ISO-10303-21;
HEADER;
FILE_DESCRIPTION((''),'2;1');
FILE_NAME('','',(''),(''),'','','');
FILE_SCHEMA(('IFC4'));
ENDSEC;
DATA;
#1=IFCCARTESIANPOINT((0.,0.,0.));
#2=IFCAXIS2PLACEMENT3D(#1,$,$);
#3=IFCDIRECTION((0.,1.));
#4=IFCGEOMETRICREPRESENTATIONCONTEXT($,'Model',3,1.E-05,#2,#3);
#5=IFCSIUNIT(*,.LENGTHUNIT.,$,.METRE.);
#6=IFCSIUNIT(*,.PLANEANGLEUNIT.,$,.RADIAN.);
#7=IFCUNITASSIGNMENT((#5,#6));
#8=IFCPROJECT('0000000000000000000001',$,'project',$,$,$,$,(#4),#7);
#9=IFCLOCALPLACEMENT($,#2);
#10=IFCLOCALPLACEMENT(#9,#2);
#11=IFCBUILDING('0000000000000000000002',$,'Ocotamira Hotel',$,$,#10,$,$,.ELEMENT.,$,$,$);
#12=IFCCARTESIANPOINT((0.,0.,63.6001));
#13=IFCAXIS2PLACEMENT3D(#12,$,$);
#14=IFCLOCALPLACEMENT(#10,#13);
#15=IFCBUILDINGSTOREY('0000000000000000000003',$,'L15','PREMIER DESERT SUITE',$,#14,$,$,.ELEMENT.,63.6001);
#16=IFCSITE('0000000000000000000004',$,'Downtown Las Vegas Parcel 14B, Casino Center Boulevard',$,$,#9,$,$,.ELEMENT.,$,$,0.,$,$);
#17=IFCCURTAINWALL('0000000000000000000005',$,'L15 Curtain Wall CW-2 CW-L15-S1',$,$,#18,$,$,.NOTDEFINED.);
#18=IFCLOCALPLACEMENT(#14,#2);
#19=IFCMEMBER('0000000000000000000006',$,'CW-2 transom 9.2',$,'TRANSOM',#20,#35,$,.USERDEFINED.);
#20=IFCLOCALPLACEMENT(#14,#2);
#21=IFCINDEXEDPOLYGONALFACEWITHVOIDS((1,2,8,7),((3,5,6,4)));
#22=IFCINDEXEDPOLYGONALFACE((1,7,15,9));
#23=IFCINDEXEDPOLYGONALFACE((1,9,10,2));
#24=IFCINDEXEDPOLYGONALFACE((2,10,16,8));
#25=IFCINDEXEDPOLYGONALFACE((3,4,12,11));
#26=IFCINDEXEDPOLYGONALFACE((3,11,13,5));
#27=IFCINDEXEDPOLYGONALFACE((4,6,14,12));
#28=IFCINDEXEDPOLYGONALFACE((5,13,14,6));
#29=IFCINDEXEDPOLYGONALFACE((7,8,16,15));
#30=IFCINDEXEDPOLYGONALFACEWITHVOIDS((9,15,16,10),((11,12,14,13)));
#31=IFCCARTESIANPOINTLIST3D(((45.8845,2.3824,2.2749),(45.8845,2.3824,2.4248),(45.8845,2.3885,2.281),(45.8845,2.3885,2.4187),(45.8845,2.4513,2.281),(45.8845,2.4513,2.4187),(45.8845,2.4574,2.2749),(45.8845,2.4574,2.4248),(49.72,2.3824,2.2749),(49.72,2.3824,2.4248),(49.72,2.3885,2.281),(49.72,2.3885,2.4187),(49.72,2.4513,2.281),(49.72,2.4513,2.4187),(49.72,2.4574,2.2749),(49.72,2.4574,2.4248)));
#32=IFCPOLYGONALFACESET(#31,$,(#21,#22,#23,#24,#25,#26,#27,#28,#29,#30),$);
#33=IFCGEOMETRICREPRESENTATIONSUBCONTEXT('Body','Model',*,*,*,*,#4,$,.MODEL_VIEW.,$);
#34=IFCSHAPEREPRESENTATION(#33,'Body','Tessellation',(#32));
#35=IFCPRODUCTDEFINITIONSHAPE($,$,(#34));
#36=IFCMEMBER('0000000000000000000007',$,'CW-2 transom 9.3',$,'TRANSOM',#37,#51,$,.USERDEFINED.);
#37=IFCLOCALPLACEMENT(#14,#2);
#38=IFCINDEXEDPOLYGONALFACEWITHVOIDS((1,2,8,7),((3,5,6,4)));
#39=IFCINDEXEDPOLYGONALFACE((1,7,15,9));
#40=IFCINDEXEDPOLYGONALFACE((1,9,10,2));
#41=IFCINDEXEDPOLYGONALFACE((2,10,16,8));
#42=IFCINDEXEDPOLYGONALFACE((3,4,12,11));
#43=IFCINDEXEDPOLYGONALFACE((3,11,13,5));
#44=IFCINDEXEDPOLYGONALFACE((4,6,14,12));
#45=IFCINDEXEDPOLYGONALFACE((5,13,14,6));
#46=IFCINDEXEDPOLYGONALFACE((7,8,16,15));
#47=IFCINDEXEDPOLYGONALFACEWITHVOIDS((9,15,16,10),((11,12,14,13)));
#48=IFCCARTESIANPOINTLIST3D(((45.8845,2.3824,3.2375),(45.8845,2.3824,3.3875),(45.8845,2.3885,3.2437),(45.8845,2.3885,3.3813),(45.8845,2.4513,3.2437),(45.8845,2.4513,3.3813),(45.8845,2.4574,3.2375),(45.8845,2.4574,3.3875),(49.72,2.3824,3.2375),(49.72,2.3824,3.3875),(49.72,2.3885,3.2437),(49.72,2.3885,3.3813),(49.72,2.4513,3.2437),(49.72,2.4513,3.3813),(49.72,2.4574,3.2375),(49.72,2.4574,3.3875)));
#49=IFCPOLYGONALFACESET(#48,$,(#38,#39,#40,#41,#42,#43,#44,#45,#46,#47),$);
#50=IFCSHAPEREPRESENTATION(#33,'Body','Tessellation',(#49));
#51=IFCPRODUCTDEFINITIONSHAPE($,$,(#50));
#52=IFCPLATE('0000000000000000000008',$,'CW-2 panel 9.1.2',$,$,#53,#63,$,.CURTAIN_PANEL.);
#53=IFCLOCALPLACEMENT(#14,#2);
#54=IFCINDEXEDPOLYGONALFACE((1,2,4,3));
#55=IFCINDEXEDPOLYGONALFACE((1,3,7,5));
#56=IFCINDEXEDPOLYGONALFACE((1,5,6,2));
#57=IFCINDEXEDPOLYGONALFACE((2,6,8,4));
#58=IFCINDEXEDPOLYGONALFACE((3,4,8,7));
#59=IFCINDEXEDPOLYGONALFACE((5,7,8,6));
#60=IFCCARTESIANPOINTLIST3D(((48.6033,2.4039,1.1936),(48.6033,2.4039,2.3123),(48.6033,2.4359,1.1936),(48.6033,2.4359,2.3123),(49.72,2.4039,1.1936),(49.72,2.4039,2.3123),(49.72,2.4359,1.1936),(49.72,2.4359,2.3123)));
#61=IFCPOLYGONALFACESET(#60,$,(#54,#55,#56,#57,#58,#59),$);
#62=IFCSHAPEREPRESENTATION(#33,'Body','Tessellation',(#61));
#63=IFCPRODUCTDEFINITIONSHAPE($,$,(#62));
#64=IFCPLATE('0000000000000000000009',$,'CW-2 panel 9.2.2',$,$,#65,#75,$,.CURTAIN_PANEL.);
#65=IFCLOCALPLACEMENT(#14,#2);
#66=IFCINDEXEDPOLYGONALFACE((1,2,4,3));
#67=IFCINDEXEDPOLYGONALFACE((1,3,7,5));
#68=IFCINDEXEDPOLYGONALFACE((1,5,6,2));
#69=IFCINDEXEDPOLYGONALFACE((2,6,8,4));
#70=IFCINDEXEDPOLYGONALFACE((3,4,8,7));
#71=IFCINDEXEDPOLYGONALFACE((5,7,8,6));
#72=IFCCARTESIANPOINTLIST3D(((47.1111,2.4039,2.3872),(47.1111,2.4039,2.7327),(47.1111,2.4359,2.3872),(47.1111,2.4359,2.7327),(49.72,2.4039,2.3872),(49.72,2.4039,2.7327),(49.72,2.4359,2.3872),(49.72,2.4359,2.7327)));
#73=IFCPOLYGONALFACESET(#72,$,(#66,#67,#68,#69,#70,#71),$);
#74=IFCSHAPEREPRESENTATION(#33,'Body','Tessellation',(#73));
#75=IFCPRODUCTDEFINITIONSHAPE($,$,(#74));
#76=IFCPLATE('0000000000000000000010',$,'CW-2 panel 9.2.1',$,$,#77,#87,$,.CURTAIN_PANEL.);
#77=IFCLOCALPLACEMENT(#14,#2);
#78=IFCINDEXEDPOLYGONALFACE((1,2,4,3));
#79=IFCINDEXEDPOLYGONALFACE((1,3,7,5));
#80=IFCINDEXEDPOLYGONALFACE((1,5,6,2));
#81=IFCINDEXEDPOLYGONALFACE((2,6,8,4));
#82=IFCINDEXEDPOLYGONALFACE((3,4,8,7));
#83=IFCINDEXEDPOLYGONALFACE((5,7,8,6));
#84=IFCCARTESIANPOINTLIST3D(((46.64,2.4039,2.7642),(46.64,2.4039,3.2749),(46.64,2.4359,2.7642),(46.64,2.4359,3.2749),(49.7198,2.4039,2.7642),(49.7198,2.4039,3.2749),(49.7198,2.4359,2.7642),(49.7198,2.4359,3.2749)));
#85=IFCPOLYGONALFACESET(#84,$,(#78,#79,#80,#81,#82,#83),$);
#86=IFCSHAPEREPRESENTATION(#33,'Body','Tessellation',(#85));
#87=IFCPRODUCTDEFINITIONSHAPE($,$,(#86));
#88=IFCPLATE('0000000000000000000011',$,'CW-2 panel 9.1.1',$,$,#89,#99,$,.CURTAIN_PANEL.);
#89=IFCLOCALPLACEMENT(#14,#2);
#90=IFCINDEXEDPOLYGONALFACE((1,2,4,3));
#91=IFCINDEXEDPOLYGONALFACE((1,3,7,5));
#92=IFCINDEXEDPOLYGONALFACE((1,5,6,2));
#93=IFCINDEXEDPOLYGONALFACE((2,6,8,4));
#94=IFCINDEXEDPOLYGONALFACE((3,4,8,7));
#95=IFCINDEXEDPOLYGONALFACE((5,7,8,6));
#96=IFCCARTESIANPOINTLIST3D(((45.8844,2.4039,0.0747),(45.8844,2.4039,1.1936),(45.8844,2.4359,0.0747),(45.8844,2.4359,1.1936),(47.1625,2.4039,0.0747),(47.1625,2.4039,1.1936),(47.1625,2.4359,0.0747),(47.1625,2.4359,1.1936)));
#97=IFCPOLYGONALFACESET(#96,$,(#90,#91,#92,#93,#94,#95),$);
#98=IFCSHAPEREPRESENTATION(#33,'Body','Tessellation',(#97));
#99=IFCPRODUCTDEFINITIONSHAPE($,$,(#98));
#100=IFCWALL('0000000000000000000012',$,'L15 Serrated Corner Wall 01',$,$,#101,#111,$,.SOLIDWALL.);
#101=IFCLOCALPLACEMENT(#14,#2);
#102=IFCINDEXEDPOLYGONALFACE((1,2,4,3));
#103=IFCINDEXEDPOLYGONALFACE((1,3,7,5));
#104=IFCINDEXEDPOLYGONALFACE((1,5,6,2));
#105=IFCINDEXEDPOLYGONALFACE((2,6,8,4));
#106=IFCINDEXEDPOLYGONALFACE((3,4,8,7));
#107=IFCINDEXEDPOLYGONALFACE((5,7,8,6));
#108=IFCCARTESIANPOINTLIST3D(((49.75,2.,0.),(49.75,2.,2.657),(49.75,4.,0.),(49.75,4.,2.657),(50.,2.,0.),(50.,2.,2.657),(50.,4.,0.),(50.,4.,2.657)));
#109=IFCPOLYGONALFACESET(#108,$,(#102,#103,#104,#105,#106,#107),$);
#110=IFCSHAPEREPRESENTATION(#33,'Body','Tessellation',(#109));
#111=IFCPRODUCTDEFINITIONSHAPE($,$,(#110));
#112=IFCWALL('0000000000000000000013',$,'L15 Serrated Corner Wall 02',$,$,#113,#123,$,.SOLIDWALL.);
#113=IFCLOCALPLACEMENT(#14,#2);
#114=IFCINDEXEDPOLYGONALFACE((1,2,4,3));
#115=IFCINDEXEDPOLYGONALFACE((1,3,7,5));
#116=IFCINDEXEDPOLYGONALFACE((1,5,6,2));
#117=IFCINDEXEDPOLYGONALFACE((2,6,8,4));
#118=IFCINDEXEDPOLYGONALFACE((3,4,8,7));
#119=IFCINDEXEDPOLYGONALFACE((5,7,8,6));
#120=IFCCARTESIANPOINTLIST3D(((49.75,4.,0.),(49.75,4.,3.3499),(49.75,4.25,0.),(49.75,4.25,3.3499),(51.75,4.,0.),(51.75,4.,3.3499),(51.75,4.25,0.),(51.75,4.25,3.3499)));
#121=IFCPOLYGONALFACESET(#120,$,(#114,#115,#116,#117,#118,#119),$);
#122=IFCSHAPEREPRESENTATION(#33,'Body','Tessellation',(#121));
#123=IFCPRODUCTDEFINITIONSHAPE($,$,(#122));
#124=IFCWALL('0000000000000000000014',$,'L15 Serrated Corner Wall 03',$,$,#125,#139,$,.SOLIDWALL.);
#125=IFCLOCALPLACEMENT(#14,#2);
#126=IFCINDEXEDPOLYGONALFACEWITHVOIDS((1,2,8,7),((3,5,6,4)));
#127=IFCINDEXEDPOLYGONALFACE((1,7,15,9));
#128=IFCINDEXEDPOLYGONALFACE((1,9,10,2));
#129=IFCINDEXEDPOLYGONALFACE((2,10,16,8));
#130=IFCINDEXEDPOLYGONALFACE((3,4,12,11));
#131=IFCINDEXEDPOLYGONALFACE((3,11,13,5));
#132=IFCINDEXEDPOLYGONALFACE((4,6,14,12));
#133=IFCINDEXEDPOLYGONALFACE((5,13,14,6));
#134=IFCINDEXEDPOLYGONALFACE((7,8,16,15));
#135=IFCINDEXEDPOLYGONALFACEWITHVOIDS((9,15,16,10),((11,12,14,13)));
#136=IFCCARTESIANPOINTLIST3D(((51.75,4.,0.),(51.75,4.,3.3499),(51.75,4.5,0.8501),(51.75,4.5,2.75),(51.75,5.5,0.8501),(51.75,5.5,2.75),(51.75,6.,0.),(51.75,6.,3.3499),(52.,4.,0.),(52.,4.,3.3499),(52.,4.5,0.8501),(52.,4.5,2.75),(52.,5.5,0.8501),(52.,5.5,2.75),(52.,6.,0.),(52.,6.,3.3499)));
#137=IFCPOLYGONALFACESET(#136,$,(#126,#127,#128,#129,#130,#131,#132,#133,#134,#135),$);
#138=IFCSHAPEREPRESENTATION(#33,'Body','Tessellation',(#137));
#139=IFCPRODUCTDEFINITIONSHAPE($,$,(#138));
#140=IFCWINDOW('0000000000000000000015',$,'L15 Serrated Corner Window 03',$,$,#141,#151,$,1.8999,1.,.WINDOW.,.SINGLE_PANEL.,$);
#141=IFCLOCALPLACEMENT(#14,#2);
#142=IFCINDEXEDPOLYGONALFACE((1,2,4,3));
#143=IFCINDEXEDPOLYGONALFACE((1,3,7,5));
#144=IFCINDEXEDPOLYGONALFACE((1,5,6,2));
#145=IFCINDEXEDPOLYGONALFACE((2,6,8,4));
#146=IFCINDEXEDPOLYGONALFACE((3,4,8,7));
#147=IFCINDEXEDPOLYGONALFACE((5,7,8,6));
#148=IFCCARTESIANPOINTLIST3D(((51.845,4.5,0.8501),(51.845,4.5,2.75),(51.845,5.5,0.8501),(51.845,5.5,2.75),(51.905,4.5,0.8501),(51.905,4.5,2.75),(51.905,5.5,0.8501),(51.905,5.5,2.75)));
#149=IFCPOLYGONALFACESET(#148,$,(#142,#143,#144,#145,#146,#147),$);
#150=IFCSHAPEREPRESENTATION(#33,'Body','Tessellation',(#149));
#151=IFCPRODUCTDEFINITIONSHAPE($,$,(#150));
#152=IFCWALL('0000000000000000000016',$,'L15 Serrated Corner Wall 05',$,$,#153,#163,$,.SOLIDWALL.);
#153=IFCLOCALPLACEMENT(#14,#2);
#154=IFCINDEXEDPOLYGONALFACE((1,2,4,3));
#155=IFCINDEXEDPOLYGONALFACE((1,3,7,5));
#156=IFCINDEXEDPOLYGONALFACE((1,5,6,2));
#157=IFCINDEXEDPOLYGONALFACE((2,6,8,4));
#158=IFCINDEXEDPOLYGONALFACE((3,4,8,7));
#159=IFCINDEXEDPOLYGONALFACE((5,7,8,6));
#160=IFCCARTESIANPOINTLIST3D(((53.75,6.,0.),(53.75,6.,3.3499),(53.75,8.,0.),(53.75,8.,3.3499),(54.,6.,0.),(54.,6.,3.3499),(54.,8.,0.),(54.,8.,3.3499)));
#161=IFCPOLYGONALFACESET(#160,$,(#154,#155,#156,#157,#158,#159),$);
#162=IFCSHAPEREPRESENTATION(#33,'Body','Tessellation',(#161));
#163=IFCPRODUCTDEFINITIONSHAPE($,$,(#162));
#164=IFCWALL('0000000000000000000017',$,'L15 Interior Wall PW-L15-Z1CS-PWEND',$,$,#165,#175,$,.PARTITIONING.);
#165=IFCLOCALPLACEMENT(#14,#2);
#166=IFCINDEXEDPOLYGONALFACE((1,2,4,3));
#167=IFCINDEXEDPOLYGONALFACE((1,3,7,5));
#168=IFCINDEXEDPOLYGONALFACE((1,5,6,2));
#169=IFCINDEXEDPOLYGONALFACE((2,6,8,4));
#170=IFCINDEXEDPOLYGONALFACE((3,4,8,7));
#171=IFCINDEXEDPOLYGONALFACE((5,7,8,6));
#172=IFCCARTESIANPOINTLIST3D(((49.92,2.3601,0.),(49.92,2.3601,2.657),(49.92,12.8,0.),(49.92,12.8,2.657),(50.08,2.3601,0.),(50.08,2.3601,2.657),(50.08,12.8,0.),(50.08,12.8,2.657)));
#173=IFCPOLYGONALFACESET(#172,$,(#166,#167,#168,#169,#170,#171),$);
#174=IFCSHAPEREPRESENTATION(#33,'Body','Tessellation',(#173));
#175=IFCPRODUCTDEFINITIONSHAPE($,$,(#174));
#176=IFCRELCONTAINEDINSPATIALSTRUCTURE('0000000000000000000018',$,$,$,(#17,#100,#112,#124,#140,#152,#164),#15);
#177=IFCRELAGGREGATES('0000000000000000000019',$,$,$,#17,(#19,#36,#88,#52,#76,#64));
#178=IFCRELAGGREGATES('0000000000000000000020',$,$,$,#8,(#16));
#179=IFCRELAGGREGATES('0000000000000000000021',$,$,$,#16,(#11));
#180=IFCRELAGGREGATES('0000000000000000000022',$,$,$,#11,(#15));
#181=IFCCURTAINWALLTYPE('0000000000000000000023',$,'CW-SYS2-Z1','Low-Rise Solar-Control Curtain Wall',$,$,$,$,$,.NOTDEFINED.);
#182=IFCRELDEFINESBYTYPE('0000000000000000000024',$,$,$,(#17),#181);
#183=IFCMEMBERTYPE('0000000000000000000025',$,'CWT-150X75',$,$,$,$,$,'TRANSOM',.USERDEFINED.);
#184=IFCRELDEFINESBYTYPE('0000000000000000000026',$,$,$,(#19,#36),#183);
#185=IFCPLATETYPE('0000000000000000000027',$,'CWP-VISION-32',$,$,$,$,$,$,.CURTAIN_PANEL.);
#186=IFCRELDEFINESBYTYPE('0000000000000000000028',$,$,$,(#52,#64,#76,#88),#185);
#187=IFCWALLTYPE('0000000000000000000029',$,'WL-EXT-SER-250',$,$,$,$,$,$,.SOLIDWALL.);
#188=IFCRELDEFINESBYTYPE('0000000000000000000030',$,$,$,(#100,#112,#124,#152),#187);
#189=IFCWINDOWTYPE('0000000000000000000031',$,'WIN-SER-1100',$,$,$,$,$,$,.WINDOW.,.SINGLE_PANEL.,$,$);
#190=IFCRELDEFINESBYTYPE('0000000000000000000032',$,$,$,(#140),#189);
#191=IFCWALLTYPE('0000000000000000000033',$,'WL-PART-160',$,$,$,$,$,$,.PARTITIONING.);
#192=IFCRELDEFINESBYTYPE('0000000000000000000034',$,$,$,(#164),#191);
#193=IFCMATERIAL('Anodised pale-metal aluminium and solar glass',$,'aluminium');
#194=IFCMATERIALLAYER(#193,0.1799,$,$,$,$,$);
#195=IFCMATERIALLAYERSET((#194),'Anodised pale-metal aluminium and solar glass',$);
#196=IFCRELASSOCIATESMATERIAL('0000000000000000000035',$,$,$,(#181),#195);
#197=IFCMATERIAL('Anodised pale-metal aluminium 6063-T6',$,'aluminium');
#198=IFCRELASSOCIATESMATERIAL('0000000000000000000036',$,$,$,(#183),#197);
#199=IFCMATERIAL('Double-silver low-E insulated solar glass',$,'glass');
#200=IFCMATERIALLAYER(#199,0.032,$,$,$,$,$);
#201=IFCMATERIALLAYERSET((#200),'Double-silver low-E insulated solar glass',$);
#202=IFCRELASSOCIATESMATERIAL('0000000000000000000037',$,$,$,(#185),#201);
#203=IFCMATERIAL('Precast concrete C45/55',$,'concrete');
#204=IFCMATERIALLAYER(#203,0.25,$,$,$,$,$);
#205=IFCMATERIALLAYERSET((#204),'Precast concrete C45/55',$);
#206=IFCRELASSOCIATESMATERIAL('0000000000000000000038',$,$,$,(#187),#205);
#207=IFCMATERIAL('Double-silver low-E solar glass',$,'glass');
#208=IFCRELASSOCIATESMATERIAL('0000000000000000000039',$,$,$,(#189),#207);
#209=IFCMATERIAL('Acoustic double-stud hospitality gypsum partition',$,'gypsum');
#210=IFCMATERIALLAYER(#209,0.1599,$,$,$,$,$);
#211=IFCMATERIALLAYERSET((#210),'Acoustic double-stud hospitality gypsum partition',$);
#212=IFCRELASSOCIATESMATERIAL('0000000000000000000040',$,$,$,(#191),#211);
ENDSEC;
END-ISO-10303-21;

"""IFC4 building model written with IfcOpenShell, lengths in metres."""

from ifc_helpers import new_model, si_unit, direction, frame, frame_2d, origin, origin_2d, place, context, subcontext, project, spatial, rectangle, hollow_rectangle, extrude, source, transform, mapped, material, layer, layer_set, material_profile, profile_set, type_object, element, fill, aggregate, save


model = new_model("IFC4")

# Units and contexts
model_context = context("Model", 3, precision=1e-05, world=origin(), true_north=direction((0.0, 1.0)))
body_context = subcontext(model_context, "Body", "Model", "MODEL_VIEW")
ifc_project = project(units=[si_unit("LENGTHUNIT", "METRE"), si_unit("PLANEANGLEUNIT", "RADIAN")], contexts=[model_context])

# Site, building, storey
site_placement = place(None, origin())
site = spatial("IfcSite", under=ifc_project, at=site_placement, Name="Downtown Las Vegas Parcel 14B, Casino Center Boulevard", CompositionType="ELEMENT", RefElevation=0.0)
building_placement = place(site_placement, origin())
building = spatial("IfcBuilding", under=site, at=building_placement, Name="Ocotamira Hotel", CompositionType="ELEMENT")
storey_placement = place(building_placement, frame((0.0, 0.0, 63.6001)))
storey = spatial("IfcBuildingStorey", under=building, at=storey_placement, Name="L15", Description="PREMIER DESERT SUITE", CompositionType="ELEMENT", Elevation=63.6001)

# Curtain wall, members, plates
ifc_material_1 = material(Name="Anodised pale-metal aluminium and solar glass", Category="aluminium")
ifc_layer_1 = layer(ifc_material_1, 0.1799)
ifc_layer_set_1 = layer_set([ifc_layer_1], Name="Anodised pale-metal aluminium and solar glass")
curtain_wall_type = type_object("IfcCurtainWallType", Name="CW-SYS2-Z1", Description="Low-Rise Solar-Control Curtain Wall", PredefinedType="NOTDEFINED", material=ifc_layer_set_1)
curtain_wall_placement = place(storey_placement, origin())
curtain_wall = element("IfcCurtainWall", 1, at=curtain_wall_placement, inside=storey, type_object=curtain_wall_type, Name="L15 Curtain Wall CW-2 CW-L15-S1", PredefinedType="NOTDEFINED")
ifc_material_2 = material(Name="Anodised pale-metal aluminium 6063-T6", Category="aluminium")
ifc_material_profile_1 = material_profile(ifc_material_2, hollow_rectangle(XDim=0.075, YDim=0.1499, WallThickness=0.0061, at=origin_2d()), Name="HSS150X75X6")
ifc_profile_set_1 = profile_set([ifc_material_profile_1], Name="Anodised pale-metal aluminium 6063-T6")
member_type_1 = type_object("IfcMemberType", Name="CWT-150X75", ElementType="TRANSOM", PredefinedType="USERDEFINED", material=ifc_profile_set_1)
shared_shape_1 = source(origin(), body_context, "Body", "SweptSolid", [
    extrude(hollow_rectangle(XDim=0.075, YDim=0.1499, WallThickness=0.0061, at=origin_2d()), origin(), (0.0, 0.0, 1.0), 3.8354),
])
member_1_placement = place(storey_placement, frame((45.8845, 2.4199, 2.3499), z_axis=(1.0, 0.0, 0.0), x_axis=(0.0, 1.0, 0.0)))
member_1 = element("IfcMember", 2, at=member_1_placement, type_object=member_type_1, Name="CW-2 transom 9.2", ObjectType="TRANSOM", PredefinedType="USERDEFINED", context=body_context, shape_type="MappedRepresentation", body=[
    mapped(shared_shape_1, transform((0.0, 0.0, 0.0), scale=1.0)),
])
member_2_placement = place(storey_placement, frame((45.8845, 2.4199, 3.3125), z_axis=(1.0, 0.0, 0.0), x_axis=(0.0, 1.0, 0.0)))
member_2 = element("IfcMember", 3, at=member_2_placement, type_object=member_type_1, Name="CW-2 transom 9.3", ObjectType="TRANSOM", PredefinedType="USERDEFINED", context=body_context, shape_type="MappedRepresentation", body=[
    mapped(shared_shape_1, transform((0.0, 0.0, 0.0), scale=1.0)),
])
ifc_material_3 = material(Name="Double-silver low-E insulated solar glass", Category="glass")
ifc_layer_2 = layer(ifc_material_3, 0.032)
ifc_layer_set_2 = layer_set([ifc_layer_2], Name="Double-silver low-E insulated solar glass")
plate_type = type_object("IfcPlateType", Name="CWP-VISION-32", PredefinedType="CURTAIN_PANEL", material=ifc_layer_set_2)
shared_shape_2 = source(origin(), body_context, "Body", "SweptSolid", [
    extrude(rectangle(XDim=1.1167, YDim=0.032, at=origin_2d()), origin(), (0.0, 0.0, 1.0), 1.1187),
])
plate_1_placement = place(storey_placement, frame((49.1616, 2.4199, 1.1936), z_axis=(0.0, 0.0, 1.0), x_axis=(1.0, 0.0, 0.0)))
plate_1 = element("IfcPlate", 4, at=plate_1_placement, type_object=plate_type, Name="CW-2 panel 9.1.2", PredefinedType="CURTAIN_PANEL", context=body_context, shape_type="MappedRepresentation", body=[
    mapped(shared_shape_2, transform((0.0, 0.0, 0.0), scale=1.0)),
])
shared_shape_3 = source(origin(), body_context, "Body", "SweptSolid", [
    extrude(rectangle(XDim=2.6089, YDim=0.032, at=origin_2d()), origin(), (0.0, 0.0, 1.0), 0.3455),
])
plate_2_placement = place(storey_placement, frame((48.4155, 2.4199, 2.3872), z_axis=(0.0, 0.0, 1.0), x_axis=(1.0, 0.0, 0.0)))
plate_2 = element("IfcPlate", 5, at=plate_2_placement, type_object=plate_type, Name="CW-2 panel 9.2.2", PredefinedType="CURTAIN_PANEL", context=body_context, shape_type="MappedRepresentation", body=[
    mapped(shared_shape_3, transform((0.0, 0.0, 0.0), scale=1.0)),
])
shared_shape_4 = source(origin(), body_context, "Body", "SweptSolid", [
    extrude(rectangle(XDim=3.0798, YDim=0.032, at=origin_2d()), origin(), (0.0, 0.0, 1.0), 0.5107),
])
plate_3_placement = place(storey_placement, frame((48.1799, 2.4199, 2.7642), z_axis=(0.0, 0.0, 1.0), x_axis=(1.0, 0.0, 0.0)))
plate_3 = element("IfcPlate", 6, at=plate_3_placement, type_object=plate_type, Name="CW-2 panel 9.2.1", PredefinedType="CURTAIN_PANEL", context=body_context, shape_type="MappedRepresentation", body=[
    mapped(shared_shape_4, transform((0.0, 0.0, 0.0), scale=1.0)),
])
shared_shape_5 = source(origin(), body_context, "Body", "SweptSolid", [
    extrude(rectangle(XDim=1.2781, YDim=0.032, at=origin_2d()), origin(), (0.0, 0.0, 1.0), 1.1189),
])
plate_4_placement = place(storey_placement, frame((46.5234, 2.4199, 0.0747), z_axis=(0.0, 0.0, 1.0), x_axis=(1.0, 0.0, 0.0)))
plate_4 = element("IfcPlate", 7, at=plate_4_placement, type_object=plate_type, Name="CW-2 panel 9.1.1", PredefinedType="CURTAIN_PANEL", context=body_context, shape_type="MappedRepresentation", body=[
    mapped(shared_shape_5, transform((0.0, 0.0, 0.0), scale=1.0)),
])
aggregate(curtain_wall, [member_1, member_2, plate_4, plate_1, plate_3, plate_2])

# Walls
ifc_material_4 = material(Name="Precast concrete C45/55", Category="concrete")
ifc_layer_3 = layer(ifc_material_4, 0.25)
ifc_layer_set_3 = layer_set([ifc_layer_3], Name="Precast concrete C45/55")
wall_type_1 = type_object("IfcWallType", Name="WL-EXT-SER-250", PredefinedType="SOLIDWALL", material=ifc_layer_set_3)
wall_1_placement = place(storey_placement, frame((49.875, 2.0, 0.0), z_axis=(0.0, 0.0, 1.0), x_axis=(0.0, 1.0, 0.0)))
element("IfcWall", 8, at=wall_1_placement, inside=storey, type_object=wall_type_1, Name="L15 Serrated Corner Wall 01", PredefinedType="SOLIDWALL", context=body_context, shape_type="SweptSolid", body=[
    extrude(rectangle(XDim=2.0, YDim=0.25, at=frame_2d((1.0, 0.0))), origin(), (0.0, 0.0, 1.0), 2.657),
])
wall_2_placement = place(storey_placement, frame((49.75, 4.125, 0.0), z_axis=(0.0, 0.0, 1.0), x_axis=(1.0, 0.0, 0.0)))
element("IfcWall", 9, at=wall_2_placement, inside=storey, type_object=wall_type_1, Name="L15 Serrated Corner Wall 02", PredefinedType="SOLIDWALL", context=body_context, shape_type="SweptSolid", body=[
    extrude(rectangle(XDim=2.0, YDim=0.25, at=frame_2d((1.0, 0.0))), origin(), (0.0, 0.0, 1.0), 3.3499),
])

# Wall, opening, window
wall_3_placement = place(storey_placement, frame((51.875, 4.0, 0.0), z_axis=(0.0, 0.0, 1.0), x_axis=(0.0, 1.0, 0.0)))
wall_3 = element("IfcWall", 10, at=wall_3_placement, inside=storey, type_object=wall_type_1, Name="L15 Serrated Corner Wall 03", PredefinedType="SOLIDWALL", context=body_context, shape_type="SweptSolid", body=[
    extrude(rectangle(XDim=2.0, YDim=0.25, at=frame_2d((1.0, 0.0))), origin(), (0.0, 0.0, 1.0), 3.3499),
])
opening_placement = place(wall_3_placement, frame((0.5, 0.0, 0.8501)))
opening = element("IfcOpeningElement", 11, at=opening_placement, cuts=wall_3, PredefinedType="OPENING", context=body_context, shape_type="SweptSolid", body=[
    extrude(rectangle(XDim=1.0, YDim=1.8999, at=frame_2d((0.5, 0.95))), frame((0.0, 0.135, 0.0), z_axis=(0.0, -1.0, 0.0), x_axis=(1.0, 0.0, 0.0)), (0.0, 0.0, 1.0), 0.27),
])
ifc_material_5 = material(Name="Double-silver low-E solar glass", Category="glass")
window_type = type_object("IfcWindowType", Name="WIN-SER-1100", PartitioningType="SINGLE_PANEL", PredefinedType="WINDOW", material=ifc_material_5)
shared_shape_6 = source(origin(), body_context, "Body", "SweptSolid", [
    extrude(rectangle(XDim=1.0, YDim=1.8999, at=frame_2d((0.5, 0.95))), frame((0.0, 0.03, 0.0), z_axis=(0.0, -1.0, 0.0), x_axis=(1.0, 0.0, 0.0)), (0.0, 0.0, 1.0), 0.0601),
])
window_placement = place(opening_placement, origin())
window = element("IfcWindow", 12, at=window_placement, inside=storey, type_object=window_type, Name="L15 Serrated Corner Window 03", OverallHeight=1.8999, OverallWidth=1.0, PartitioningType="SINGLE_PANEL", PredefinedType="WINDOW", context=body_context, shape_type="MappedRepresentation", body=[
    mapped(shared_shape_6, transform((0.0, 0.0, 0.0), scale=1.0)),
])
fill(opening, window)

# Walls
wall_4_placement = place(storey_placement, frame((53.875, 6.0, 0.0), z_axis=(0.0, 0.0, 1.0), x_axis=(0.0, 1.0, 0.0)))
element("IfcWall", 13, at=wall_4_placement, inside=storey, type_object=wall_type_1, Name="L15 Serrated Corner Wall 05", PredefinedType="SOLIDWALL", context=body_context, shape_type="SweptSolid", body=[
    extrude(rectangle(XDim=2.0, YDim=0.25, at=frame_2d((1.0, 0.0))), origin(), (0.0, 0.0, 1.0), 3.3499),
])
ifc_material_6 = material(Name="Acoustic double-stud hospitality gypsum partition", Category="gypsum")
ifc_layer_4 = layer(ifc_material_6, 0.1599)
ifc_layer_set_4 = layer_set([ifc_layer_4], Name="Acoustic double-stud hospitality gypsum partition")
wall_type_2 = type_object("IfcWallType", Name="WL-PART-160", PredefinedType="PARTITIONING", material=ifc_layer_set_4)
wall_5_placement = place(storey_placement, frame((50.0, 2.3601, 0.0), z_axis=(0.0, 0.0, 1.0), x_axis=(0.0, 1.0, 0.0)))
element("IfcWall", 14, at=wall_5_placement, inside=storey, type_object=wall_type_2, Name="L15 Interior Wall PW-L15-Z1CS-PWEND", PredefinedType="PARTITIONING", context=body_context, shape_type="SweptSolid", body=[
    extrude(rectangle(XDim=10.4399, YDim=0.1599, at=frame_2d((5.22, 0.0))), origin(), (0.0, 0.0, 1.0), 2.657),
])

save(model, "model.ifc")
